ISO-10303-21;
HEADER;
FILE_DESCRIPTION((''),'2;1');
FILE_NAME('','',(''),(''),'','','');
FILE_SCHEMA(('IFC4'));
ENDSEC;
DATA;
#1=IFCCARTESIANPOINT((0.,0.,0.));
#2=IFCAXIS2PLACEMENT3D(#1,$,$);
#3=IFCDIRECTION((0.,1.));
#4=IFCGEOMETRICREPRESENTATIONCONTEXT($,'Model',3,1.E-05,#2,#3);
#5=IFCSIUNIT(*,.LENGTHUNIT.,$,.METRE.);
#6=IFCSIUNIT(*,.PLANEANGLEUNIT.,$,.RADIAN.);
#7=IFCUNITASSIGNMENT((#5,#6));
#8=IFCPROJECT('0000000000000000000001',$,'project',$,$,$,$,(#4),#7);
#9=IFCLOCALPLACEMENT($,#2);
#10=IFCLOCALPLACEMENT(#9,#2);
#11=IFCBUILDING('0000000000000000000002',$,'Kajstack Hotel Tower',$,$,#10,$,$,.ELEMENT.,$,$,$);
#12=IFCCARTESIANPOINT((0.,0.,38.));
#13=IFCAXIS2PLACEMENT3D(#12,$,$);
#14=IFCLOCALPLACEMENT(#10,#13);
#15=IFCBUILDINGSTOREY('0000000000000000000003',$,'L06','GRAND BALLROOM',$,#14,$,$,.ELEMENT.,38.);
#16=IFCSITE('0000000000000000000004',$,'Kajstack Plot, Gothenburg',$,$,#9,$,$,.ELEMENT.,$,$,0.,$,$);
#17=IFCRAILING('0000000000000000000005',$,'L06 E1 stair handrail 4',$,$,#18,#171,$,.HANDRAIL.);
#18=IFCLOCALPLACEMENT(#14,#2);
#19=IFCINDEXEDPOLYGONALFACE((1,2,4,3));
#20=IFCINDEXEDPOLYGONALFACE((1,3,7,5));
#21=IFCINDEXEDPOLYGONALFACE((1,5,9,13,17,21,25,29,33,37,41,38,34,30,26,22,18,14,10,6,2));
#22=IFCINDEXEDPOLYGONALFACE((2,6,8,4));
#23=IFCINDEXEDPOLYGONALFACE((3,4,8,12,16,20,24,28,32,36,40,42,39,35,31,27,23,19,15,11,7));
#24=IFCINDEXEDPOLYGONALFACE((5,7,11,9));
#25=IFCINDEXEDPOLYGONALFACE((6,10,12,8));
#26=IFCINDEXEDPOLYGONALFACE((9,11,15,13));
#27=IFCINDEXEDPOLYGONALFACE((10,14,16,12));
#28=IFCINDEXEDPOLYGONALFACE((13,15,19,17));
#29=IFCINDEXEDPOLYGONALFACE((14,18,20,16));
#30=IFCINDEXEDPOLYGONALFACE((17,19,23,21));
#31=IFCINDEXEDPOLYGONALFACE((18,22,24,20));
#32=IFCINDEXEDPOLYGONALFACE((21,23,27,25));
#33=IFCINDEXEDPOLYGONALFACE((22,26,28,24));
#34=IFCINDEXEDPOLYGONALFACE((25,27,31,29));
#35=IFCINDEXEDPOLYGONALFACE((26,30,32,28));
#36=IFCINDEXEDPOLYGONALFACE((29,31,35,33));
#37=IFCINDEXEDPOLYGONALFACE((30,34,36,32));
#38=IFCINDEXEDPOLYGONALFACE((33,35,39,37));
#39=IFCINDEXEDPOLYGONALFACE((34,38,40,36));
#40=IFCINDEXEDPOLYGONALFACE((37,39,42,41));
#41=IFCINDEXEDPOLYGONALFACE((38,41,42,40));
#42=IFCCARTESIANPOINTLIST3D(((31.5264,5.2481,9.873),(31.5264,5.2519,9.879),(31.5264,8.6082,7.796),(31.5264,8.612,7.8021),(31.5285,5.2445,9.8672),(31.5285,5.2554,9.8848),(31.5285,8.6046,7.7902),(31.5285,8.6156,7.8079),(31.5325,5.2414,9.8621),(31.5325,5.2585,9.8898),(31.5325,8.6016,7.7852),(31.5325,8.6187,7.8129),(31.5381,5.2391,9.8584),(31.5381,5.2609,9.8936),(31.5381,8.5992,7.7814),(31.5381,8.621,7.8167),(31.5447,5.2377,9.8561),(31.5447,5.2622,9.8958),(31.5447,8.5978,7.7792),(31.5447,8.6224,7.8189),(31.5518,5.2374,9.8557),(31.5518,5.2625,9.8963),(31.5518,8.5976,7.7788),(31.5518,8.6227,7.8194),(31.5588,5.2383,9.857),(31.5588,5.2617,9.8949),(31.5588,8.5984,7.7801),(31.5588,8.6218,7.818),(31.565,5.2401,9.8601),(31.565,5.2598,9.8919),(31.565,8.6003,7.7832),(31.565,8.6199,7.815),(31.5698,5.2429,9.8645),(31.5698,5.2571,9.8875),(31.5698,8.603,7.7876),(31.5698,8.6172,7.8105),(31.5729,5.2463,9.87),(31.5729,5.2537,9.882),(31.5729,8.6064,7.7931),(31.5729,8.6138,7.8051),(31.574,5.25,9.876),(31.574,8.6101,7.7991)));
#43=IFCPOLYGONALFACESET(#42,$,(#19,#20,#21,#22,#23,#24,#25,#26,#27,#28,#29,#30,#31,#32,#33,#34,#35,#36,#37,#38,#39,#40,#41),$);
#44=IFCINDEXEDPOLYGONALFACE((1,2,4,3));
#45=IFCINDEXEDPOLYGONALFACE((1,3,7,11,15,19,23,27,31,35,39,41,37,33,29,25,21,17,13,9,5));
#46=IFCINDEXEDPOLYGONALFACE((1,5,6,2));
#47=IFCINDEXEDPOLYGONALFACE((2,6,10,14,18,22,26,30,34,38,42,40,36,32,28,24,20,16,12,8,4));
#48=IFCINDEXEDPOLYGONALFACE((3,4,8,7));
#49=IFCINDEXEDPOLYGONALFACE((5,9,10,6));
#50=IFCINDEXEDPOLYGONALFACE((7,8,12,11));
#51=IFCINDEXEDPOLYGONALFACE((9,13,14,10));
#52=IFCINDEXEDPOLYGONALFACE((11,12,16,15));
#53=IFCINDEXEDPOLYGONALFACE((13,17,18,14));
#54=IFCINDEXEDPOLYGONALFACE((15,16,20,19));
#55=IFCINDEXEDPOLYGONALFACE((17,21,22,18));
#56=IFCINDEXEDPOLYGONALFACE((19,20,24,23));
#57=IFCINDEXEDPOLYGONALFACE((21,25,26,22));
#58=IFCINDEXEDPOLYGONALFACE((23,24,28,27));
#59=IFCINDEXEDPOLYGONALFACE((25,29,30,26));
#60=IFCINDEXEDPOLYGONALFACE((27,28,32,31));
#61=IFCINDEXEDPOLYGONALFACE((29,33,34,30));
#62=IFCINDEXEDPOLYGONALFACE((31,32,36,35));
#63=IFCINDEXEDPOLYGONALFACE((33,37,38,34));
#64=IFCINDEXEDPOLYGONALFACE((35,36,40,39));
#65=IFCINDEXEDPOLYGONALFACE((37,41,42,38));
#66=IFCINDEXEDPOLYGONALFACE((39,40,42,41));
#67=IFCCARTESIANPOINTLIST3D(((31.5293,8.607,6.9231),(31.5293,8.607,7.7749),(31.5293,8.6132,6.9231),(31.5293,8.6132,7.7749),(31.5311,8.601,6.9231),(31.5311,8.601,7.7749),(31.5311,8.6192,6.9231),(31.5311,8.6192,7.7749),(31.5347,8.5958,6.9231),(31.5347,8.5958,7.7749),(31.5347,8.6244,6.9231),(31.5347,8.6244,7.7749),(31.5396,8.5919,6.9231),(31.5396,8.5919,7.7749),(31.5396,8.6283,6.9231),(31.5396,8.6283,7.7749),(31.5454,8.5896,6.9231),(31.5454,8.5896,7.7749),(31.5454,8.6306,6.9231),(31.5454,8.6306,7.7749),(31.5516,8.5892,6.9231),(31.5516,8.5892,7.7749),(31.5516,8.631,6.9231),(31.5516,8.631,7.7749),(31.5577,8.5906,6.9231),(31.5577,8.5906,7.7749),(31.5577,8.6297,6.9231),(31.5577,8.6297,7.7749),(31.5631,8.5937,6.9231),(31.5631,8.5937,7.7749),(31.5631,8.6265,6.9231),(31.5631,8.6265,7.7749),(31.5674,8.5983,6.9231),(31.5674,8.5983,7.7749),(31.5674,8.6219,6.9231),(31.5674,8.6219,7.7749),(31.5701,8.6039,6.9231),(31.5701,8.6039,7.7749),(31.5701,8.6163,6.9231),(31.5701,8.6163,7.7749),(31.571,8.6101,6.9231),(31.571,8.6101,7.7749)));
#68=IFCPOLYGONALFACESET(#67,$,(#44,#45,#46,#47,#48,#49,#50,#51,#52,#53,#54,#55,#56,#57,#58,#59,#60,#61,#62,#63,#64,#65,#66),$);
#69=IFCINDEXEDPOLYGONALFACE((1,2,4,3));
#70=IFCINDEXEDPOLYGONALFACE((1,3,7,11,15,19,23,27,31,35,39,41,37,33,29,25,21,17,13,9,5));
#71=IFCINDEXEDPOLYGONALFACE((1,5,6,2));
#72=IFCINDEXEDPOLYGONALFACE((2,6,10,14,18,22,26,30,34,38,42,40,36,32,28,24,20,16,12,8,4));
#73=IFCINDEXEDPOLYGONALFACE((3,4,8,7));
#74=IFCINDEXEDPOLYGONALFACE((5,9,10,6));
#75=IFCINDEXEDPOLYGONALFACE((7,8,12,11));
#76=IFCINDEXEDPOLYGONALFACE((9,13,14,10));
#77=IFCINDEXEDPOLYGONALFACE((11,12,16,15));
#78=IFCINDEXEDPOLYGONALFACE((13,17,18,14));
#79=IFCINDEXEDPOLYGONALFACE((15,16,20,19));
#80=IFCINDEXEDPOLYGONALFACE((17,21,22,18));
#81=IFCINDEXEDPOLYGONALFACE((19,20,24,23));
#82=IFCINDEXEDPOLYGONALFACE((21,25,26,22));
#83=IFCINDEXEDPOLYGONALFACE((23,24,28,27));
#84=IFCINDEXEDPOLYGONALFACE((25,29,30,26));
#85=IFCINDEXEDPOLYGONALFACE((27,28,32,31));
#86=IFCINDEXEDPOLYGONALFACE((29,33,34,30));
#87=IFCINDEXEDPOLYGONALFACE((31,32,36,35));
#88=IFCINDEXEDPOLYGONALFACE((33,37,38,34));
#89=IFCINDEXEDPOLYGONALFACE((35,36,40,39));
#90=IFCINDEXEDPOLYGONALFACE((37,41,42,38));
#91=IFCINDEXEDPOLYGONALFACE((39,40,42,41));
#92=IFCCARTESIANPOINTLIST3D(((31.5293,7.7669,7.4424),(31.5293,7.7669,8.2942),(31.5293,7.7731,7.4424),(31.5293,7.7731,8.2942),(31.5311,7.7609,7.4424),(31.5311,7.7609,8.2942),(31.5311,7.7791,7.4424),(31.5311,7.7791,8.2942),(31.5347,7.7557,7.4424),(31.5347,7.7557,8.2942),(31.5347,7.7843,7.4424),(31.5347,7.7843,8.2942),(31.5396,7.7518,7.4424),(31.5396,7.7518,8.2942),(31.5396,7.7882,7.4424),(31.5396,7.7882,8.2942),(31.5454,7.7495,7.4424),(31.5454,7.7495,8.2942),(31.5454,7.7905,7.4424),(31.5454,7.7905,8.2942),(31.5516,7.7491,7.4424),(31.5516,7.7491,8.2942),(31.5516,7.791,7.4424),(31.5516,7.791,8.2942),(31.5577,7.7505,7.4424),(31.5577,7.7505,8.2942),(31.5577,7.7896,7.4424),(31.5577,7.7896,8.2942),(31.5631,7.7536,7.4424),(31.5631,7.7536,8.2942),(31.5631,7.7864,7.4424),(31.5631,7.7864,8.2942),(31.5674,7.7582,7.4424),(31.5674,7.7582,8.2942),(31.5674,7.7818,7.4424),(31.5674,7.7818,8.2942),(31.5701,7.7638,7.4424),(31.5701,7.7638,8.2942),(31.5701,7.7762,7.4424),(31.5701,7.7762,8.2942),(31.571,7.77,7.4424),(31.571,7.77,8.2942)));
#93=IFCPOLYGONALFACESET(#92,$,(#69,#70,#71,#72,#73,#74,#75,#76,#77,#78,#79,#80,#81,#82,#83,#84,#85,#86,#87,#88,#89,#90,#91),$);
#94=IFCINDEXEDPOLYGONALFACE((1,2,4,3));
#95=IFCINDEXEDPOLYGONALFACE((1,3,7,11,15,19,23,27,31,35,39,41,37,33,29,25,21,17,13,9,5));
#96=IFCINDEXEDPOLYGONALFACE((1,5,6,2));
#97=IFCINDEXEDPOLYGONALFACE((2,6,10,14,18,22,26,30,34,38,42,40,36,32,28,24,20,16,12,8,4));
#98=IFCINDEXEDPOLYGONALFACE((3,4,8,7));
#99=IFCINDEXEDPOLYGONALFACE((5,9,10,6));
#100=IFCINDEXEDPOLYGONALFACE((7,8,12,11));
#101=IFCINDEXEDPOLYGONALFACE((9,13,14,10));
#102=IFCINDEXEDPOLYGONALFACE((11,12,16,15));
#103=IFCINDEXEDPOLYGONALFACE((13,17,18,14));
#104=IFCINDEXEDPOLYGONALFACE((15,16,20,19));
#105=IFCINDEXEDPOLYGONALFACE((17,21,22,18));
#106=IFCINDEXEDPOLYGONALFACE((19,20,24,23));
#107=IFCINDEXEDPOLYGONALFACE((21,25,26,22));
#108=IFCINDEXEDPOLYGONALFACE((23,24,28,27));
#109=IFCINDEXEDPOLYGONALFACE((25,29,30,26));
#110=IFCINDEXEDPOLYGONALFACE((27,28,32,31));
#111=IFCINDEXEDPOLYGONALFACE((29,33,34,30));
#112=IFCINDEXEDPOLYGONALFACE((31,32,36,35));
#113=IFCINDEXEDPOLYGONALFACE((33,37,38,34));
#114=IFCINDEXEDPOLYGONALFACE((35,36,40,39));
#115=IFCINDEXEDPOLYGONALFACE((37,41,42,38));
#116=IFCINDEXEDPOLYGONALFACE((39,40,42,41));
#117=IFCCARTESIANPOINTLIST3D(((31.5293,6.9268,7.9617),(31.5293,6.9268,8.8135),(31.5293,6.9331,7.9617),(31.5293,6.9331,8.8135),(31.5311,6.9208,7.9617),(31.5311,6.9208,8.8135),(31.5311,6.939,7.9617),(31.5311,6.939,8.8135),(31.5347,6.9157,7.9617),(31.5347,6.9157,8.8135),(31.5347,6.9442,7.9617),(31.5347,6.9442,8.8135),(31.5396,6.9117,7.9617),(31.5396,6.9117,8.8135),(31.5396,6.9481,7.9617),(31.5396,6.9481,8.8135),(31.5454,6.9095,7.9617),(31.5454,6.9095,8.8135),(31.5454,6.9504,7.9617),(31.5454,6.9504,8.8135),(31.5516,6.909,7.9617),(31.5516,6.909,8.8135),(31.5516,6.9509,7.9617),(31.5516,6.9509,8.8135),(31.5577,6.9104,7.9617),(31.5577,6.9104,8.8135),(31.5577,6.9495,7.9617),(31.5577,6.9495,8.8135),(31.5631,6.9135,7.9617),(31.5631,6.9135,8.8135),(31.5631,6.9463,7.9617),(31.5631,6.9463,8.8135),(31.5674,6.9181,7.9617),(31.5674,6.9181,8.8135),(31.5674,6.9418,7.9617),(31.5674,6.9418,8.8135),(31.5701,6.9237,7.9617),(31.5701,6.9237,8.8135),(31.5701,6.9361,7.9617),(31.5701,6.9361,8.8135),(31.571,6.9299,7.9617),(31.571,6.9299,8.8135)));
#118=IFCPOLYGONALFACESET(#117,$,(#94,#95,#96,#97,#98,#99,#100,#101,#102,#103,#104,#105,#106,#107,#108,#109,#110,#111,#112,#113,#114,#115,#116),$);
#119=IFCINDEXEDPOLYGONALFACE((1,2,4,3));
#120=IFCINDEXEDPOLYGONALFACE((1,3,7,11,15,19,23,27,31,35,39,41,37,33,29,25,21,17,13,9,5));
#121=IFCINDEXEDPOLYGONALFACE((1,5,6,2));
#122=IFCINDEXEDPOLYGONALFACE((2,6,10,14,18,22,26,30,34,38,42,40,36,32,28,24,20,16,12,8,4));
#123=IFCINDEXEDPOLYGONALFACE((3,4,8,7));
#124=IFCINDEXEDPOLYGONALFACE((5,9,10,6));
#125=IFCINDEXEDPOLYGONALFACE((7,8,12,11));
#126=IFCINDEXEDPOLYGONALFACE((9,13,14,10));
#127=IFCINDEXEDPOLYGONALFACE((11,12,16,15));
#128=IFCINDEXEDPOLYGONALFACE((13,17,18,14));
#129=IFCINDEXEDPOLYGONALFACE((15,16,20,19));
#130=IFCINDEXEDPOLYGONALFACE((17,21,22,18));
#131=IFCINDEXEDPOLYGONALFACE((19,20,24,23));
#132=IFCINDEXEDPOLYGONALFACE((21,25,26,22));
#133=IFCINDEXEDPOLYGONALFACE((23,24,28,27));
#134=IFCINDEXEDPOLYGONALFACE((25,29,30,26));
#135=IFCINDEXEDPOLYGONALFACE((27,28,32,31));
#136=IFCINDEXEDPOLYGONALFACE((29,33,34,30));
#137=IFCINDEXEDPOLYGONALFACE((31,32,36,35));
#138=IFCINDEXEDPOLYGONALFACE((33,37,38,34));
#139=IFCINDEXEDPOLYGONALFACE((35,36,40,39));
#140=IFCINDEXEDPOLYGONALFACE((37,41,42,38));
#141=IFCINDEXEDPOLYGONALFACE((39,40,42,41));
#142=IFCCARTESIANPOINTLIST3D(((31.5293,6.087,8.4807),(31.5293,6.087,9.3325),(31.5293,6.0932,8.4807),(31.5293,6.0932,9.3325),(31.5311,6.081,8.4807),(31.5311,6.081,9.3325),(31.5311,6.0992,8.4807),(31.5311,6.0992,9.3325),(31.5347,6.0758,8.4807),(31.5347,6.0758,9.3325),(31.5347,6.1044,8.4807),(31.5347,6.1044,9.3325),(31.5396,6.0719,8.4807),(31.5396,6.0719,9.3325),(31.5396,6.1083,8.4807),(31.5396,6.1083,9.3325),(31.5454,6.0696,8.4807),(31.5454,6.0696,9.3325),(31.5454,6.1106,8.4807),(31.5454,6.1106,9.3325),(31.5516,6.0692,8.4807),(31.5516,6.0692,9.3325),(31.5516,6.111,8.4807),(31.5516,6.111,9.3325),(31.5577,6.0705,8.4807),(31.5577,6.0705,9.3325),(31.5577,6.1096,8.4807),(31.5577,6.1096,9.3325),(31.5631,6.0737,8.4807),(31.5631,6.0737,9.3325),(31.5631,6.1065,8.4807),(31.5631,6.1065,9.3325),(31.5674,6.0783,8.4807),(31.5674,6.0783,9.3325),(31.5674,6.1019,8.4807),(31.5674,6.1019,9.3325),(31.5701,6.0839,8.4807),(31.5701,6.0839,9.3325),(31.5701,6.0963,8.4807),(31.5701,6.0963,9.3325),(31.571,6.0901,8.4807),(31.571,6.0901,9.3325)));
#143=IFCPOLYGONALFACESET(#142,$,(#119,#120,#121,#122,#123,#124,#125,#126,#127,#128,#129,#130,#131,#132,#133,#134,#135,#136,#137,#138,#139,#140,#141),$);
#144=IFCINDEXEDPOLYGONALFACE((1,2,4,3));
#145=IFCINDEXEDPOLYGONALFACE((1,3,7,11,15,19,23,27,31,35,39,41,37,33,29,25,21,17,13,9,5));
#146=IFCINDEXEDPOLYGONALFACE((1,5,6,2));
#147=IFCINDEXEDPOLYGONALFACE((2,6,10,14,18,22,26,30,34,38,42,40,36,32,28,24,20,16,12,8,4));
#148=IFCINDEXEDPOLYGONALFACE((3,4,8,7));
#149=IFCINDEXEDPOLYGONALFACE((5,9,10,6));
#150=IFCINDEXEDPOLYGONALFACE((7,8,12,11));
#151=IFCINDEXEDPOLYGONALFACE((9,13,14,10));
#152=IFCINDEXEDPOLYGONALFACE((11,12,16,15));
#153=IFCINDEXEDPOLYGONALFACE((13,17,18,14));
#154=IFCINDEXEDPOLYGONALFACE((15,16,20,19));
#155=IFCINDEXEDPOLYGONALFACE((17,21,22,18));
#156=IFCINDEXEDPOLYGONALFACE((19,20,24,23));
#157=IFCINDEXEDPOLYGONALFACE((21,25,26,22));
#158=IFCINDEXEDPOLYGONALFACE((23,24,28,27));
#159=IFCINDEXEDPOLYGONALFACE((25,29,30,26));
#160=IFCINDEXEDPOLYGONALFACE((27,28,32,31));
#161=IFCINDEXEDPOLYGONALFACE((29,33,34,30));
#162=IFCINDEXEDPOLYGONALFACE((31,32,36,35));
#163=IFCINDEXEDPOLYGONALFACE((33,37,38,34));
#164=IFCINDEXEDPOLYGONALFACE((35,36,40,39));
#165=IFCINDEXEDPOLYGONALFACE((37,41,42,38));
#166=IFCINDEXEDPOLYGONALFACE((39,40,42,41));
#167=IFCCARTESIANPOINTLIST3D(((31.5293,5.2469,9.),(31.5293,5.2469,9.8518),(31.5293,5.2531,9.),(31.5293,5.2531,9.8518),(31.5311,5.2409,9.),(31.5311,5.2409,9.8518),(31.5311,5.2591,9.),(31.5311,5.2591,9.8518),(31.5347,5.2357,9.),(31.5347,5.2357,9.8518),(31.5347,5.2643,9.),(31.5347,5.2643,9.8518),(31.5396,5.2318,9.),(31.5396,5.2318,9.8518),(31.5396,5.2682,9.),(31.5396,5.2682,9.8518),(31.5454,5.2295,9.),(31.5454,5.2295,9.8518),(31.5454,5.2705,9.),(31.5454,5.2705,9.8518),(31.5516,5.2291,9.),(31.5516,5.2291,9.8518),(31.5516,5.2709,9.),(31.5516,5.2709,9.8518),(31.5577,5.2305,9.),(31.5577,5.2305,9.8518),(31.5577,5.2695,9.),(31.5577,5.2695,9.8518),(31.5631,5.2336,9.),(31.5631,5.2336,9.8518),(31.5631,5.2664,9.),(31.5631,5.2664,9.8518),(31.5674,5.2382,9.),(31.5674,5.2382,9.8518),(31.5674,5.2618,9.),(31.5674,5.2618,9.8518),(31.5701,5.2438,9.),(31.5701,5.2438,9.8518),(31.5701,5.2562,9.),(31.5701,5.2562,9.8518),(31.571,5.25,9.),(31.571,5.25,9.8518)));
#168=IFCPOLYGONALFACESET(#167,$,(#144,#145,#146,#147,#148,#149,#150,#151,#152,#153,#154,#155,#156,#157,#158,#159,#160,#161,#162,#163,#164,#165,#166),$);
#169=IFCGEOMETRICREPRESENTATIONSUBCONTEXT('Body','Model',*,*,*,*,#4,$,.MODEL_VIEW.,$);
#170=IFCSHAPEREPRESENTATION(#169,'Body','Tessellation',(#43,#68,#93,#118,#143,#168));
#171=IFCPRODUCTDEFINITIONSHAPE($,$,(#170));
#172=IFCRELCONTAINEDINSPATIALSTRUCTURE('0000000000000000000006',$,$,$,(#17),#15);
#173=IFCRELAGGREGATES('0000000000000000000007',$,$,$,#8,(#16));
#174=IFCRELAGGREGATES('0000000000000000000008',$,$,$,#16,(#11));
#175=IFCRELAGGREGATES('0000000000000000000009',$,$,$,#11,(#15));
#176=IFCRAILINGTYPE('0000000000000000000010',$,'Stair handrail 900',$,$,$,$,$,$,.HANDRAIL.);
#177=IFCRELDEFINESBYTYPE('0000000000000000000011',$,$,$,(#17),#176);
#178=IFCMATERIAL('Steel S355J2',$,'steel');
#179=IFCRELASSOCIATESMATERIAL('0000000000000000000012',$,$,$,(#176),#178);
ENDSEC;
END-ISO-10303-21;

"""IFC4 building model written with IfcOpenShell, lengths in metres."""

from ifc_helpers import new_model, si_unit, direction, frame, origin, origin_2d, place, context, subcontext, project, spatial, circle, extrude, material, type_object, element, save


model = new_model("IFC4")

# Units and contexts
model_context = context("Model", 3, precision=1e-05, world=origin(), true_north=direction((0.0, 1.0)))
body_context = subcontext(model_context, "Body", "Model", "MODEL_VIEW")
ifc_project = project(units=[si_unit("LENGTHUNIT", "METRE"), si_unit("PLANEANGLEUNIT", "RADIAN")], contexts=[model_context])

# Site, building, storey
site_placement = place(None, origin())
site = spatial("IfcSite", under=ifc_project, at=site_placement, Name="Kajstack Plot, Gothenburg", CompositionType="ELEMENT", RefElevation=0.0)
building_placement = place(site_placement, origin())
building = spatial("IfcBuilding", under=site, at=building_placement, Name="Kajstack Hotel Tower", CompositionType="ELEMENT")
storey_placement = place(building_placement, frame((0.0, 0.0, 38.0)))
storey = spatial("IfcBuildingStorey", under=building, at=storey_placement, Name="L06", Description="GRAND BALLROOM", CompositionType="ELEMENT", Elevation=38.0)

# Railing
ifc_material_1 = material(Name="Steel S355J2", Category="steel")
railing_type_1 = type_object("IfcRailingType", Name="Stair handrail 900", PredefinedType="HANDRAIL", material=ifc_material_1)
for number, where, name in (
    (1, (31.55, 8.6101, 6.9231), "L06 E1 stair handrail 4"),
):
    element("IfcRailing", number, at=place(storey_placement, frame(where)), inside=storey, type_object=railing_type_1, Name=name, PredefinedType="HANDRAIL", context=body_context, shape_type="SweptSolid", body=[
        extrude(circle(Radius=0.0239, at=origin_2d()), frame((0.0, 0.0, 0.876), z_axis=(0.0, -0.850623, 0.525776), x_axis=(1.0, 0.0, 0.0)), (0.0, 0.0, 1.0), 3.9502),
        extrude(circle(Radius=0.021, at=origin_2d()), origin(), (0.0, 0.0, 1.0), 0.8518),
        extrude(circle(Radius=0.021, at=origin_2d()), frame((0.0, -0.8401, 0.5193)), (0.0, 0.0, 1.0), 0.8518),
        extrude(circle(Radius=0.021, at=origin_2d()), frame((0.0, -1.6802, 1.0386)), (0.0, 0.0, 1.0), 0.8518),
        extrude(circle(Radius=0.021, at=origin_2d()), frame((0.0, -2.52, 1.5576)), (0.0, 0.0, 1.0), 0.8518),
        extrude(circle(Radius=0.021, at=origin_2d()), frame((0.0, -3.3601, 2.0769)), (0.0, 0.0, 1.0), 0.8518),
    ])

save(model, "model.ifc")
